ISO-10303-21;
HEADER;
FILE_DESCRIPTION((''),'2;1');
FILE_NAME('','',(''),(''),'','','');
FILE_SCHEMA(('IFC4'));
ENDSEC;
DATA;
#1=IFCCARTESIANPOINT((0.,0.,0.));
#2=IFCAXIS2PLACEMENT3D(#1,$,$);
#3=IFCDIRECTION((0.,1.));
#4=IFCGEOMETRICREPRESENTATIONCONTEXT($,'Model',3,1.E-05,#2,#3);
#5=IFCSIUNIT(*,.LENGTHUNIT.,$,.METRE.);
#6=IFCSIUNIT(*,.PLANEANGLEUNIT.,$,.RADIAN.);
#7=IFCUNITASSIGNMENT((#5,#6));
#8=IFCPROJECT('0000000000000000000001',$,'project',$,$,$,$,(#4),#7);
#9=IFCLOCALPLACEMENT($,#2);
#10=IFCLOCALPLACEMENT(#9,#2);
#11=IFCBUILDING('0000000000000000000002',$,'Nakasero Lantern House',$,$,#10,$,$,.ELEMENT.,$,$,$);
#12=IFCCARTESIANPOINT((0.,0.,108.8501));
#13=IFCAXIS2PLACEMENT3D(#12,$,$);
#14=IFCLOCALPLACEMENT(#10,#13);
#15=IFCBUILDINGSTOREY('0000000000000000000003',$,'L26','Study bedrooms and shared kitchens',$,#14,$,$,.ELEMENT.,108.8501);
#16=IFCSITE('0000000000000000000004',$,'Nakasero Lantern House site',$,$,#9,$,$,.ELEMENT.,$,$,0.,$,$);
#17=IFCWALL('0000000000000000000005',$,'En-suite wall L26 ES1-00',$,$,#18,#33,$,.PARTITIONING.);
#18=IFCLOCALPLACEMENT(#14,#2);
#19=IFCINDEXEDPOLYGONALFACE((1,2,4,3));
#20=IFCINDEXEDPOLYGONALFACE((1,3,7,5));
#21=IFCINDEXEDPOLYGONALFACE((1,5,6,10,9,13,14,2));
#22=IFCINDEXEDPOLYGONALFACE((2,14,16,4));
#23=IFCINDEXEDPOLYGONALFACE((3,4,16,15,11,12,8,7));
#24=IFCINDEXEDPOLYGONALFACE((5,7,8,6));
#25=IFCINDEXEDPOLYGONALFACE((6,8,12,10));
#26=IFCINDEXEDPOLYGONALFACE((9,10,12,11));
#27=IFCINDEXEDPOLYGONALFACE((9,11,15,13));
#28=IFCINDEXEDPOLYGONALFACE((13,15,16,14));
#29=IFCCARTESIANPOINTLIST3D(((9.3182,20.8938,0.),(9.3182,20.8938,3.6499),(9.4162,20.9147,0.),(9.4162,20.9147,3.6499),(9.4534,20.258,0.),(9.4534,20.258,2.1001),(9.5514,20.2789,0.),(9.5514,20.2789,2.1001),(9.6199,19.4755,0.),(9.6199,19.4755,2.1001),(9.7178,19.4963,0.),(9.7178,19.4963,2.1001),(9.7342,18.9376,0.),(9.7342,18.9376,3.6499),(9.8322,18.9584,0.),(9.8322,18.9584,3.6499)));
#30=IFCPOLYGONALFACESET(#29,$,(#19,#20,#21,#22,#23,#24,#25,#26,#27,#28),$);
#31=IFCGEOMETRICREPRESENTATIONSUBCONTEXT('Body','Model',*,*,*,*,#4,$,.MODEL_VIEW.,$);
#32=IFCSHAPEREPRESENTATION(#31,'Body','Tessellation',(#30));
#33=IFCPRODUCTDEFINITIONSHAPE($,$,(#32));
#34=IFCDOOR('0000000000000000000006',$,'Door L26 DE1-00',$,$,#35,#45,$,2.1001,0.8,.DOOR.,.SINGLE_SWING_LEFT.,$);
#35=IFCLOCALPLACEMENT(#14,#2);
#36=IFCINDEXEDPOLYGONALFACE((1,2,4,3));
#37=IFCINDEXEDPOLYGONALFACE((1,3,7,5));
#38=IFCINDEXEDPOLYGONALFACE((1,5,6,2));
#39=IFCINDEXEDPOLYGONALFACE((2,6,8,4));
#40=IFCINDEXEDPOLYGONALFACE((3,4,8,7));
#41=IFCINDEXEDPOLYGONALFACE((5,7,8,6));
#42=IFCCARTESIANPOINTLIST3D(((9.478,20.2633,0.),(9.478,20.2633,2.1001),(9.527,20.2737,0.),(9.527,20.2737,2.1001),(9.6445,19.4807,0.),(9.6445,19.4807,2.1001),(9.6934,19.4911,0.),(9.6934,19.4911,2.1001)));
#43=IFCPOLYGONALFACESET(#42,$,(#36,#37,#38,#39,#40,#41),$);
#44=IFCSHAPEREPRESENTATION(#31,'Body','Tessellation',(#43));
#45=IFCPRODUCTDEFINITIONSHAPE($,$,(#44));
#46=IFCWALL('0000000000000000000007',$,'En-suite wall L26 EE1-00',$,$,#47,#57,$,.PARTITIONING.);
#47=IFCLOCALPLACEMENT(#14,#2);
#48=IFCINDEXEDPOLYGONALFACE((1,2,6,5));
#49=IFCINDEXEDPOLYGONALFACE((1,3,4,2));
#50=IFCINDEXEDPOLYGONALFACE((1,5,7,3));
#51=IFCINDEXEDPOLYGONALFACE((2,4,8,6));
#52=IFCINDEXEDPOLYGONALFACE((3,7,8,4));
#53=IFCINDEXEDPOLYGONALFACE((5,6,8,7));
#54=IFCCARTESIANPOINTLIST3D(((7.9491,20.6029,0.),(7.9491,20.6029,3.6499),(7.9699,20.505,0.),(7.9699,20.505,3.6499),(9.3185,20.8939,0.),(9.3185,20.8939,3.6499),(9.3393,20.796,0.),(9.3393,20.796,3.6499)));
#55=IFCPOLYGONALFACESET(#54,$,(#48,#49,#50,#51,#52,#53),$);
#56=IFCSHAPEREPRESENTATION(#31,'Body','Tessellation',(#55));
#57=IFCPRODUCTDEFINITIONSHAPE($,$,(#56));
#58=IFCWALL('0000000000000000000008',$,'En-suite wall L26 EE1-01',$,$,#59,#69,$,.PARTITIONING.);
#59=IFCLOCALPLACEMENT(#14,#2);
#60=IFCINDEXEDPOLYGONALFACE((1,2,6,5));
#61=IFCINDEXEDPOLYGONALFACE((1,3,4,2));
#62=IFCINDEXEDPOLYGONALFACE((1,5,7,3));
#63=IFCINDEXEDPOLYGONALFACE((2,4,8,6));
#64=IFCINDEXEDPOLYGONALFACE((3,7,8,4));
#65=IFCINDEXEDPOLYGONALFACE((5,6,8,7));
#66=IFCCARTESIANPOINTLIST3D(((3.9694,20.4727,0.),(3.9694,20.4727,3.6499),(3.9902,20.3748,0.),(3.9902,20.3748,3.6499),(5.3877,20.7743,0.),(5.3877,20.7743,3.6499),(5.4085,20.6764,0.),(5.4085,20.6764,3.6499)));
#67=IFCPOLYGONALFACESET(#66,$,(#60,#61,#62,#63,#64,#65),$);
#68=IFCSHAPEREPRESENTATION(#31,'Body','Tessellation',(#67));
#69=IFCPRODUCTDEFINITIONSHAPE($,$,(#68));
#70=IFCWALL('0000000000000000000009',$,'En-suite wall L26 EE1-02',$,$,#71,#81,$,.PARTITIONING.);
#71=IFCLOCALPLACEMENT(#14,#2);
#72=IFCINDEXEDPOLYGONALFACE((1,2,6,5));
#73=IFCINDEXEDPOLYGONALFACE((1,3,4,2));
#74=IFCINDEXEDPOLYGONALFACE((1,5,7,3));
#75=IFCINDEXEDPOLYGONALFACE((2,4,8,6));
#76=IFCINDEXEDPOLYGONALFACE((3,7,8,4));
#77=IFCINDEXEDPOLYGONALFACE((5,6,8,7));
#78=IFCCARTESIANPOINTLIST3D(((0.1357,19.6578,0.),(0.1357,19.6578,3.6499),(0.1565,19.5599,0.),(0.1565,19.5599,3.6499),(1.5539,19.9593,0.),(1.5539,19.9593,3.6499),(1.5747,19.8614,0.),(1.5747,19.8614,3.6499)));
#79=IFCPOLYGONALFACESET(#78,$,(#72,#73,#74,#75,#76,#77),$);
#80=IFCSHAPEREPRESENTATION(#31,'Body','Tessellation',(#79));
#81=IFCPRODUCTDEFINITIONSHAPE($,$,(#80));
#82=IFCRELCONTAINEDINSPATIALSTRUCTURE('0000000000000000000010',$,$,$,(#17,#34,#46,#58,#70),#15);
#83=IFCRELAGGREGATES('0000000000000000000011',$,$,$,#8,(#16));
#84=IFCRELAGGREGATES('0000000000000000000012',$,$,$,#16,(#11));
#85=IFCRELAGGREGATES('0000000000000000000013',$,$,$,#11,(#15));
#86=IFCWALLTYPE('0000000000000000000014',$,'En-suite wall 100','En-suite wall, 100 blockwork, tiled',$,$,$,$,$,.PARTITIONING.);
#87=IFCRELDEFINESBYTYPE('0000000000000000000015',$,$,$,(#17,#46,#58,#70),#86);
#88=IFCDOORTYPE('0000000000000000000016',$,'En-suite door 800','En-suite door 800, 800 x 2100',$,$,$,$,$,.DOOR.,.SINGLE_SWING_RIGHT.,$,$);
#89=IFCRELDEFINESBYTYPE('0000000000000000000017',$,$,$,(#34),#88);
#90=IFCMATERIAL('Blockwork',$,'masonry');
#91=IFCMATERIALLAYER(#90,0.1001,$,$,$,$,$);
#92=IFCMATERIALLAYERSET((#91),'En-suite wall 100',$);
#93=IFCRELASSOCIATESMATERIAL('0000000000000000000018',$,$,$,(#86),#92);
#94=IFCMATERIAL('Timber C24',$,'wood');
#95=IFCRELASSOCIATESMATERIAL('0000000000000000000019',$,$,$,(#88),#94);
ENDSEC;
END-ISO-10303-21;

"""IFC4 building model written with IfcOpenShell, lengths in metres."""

from ifc_helpers import new_model, si_unit, direction, frame, frame_2d, origin, place, context, subcontext, project, spatial, rectangle, extrude, material, layer, layer_set, type_object, element, fill, save


model = new_model("IFC4")

# Units and contexts
model_context = context("Model", 3, precision=1e-05, world=origin(), true_north=direction((0.0, 1.0)))
body_context = subcontext(model_context, "Body", "Model", "MODEL_VIEW")
ifc_project = project(units=[si_unit("LENGTHUNIT", "METRE"), si_unit("PLANEANGLEUNIT", "RADIAN")], contexts=[model_context])

# Site, building, storey
site_placement = place(None, origin())
site = spatial("IfcSite", under=ifc_project, at=site_placement, Name="Nakasero Lantern House site", CompositionType="ELEMENT", RefElevation=0.0)
building_placement = place(site_placement, origin())
building = spatial("IfcBuilding", under=site, at=building_placement, Name="Nakasero Lantern House", CompositionType="ELEMENT")
storey_placement = place(building_placement, frame((0.0, 0.0, 108.8501)))
storey = spatial("IfcBuildingStorey", under=building, at=storey_placement, Name="L26", Description="Study bedrooms and shared kitchens", CompositionType="ELEMENT", Elevation=108.8501)

# Shared definitions
ifc_material_1 = material(Name="Blockwork", Category="masonry")
ifc_layer_1 = layer(ifc_material_1, 0.1001)
ifc_layer_set_1 = layer_set([ifc_layer_1], Name="En-suite wall 100")
wall_type_1 = type_object("IfcWallType", Name="En-suite wall 100", Description="En-suite wall, 100 blockwork, tiled", PredefinedType="PARTITIONING", material=ifc_layer_set_1)

# Wall, opening, door
wall_1_placement = place(storey_placement, frame((9.7832, 18.948, 0.0), z_axis=(0.0, 0.0, 1.0), x_axis=(-0.208003, 0.978128, 0.0)))
wall_1 = element("IfcWall", 1, at=wall_1_placement, inside=storey, type_object=wall_type_1, Name="En-suite wall L26 ES1-00", PredefinedType="PARTITIONING", context=body_context, shape_type="SweptSolid", body=[
    extrude(rectangle(XDim=2.0, YDim=0.1001, at=frame_2d((1.0, 0.0))), origin(), (0.0, 0.0, 1.0), 3.6499),
])
opening_1_placement = place(wall_1_placement, frame((0.55, 0.0, 0.0)))
opening_1 = element("IfcOpeningElement", 2, at=opening_1_placement, cuts=wall_1, PredefinedType="OPENING", context=body_context, shape_type="SweptSolid", body=[
    extrude(rectangle(XDim=0.8, YDim=2.1001, at=frame_2d((0.3999, 1.05))), frame((0.0, 0.0701, 0.0), z_axis=(0.0, -1.0, 0.0), x_axis=(1.0, 0.0, 0.0)), (0.0, 0.0, 1.0), 0.1401),
])
ifc_material_2 = material(Name="Timber C24", Category="wood")
door_type_1 = type_object("IfcDoorType", Name="En-suite door 800", Description="En-suite door 800, 800 x 2100", OperationType="SINGLE_SWING_RIGHT", PredefinedType="DOOR", material=ifc_material_2)
door_1_placement = place(opening_1_placement, origin())
door_1 = element("IfcDoor", 3, at=door_1_placement, inside=storey, type_object=door_type_1, Name="Door L26 DE1-00", OperationType="SINGLE_SWING_LEFT", OverallHeight=2.1001, OverallWidth=0.8, PredefinedType="DOOR", context=body_context, shape_type="SweptSolid", body=[
    extrude(rectangle(XDim=0.8, YDim=2.1001, at=frame_2d((0.3999, 1.05))), frame((0.0, 0.0249, 0.0), z_axis=(0.0, -1.0, 0.0), x_axis=(1.0, 0.0, 0.0)), (0.0, 0.0, 1.0), 0.05),
])
fill(opening_1, door_1)

# Walls
wall_2_placement = place(storey_placement, frame((9.3289, 20.845, 0.0), z_axis=(0.0, 0.0, 1.0), x_axis=(-0.978156, -0.207873, 0.0)))
element("IfcWall", 4, at=wall_2_placement, inside=storey, type_object=wall_type_1, Name="En-suite wall L26 EE1-00", PredefinedType="PARTITIONING", context=body_context, shape_type="SweptSolid", body=[
    extrude(rectangle(XDim=1.3999, YDim=0.1001, at=frame_2d((0.7, 0.0))), origin(), (0.0, 0.0, 1.0), 3.6499),
])
for number, where, z_axis, x_axis, name in (
    (5, (5.3982, 20.7253, 0.0), (0.0, 0.0, 1.0), (-0.978139, -0.207953, 0.0), "En-suite wall L26 EE1-01"),
    (6, (1.5645, 19.9104, 0.0), (0.0, 0.0, 1.0), (-0.978139, -0.207953, 0.0), "En-suite wall L26 EE1-02"),
):
    element("IfcWall", number, at=place(storey_placement, frame(where, z_axis=z_axis, x_axis=x_axis)), inside=storey, type_object=wall_type_1, Name=name, PredefinedType="PARTITIONING", context=body_context, shape_type="SweptSolid", body=[
        extrude(rectangle(XDim=1.45, YDim=0.1001, at=frame_2d((0.7251, 0.0))), origin(), (0.0, 0.0, 1.0), 3.6499),
    ])

save(model, "model.ifc")
